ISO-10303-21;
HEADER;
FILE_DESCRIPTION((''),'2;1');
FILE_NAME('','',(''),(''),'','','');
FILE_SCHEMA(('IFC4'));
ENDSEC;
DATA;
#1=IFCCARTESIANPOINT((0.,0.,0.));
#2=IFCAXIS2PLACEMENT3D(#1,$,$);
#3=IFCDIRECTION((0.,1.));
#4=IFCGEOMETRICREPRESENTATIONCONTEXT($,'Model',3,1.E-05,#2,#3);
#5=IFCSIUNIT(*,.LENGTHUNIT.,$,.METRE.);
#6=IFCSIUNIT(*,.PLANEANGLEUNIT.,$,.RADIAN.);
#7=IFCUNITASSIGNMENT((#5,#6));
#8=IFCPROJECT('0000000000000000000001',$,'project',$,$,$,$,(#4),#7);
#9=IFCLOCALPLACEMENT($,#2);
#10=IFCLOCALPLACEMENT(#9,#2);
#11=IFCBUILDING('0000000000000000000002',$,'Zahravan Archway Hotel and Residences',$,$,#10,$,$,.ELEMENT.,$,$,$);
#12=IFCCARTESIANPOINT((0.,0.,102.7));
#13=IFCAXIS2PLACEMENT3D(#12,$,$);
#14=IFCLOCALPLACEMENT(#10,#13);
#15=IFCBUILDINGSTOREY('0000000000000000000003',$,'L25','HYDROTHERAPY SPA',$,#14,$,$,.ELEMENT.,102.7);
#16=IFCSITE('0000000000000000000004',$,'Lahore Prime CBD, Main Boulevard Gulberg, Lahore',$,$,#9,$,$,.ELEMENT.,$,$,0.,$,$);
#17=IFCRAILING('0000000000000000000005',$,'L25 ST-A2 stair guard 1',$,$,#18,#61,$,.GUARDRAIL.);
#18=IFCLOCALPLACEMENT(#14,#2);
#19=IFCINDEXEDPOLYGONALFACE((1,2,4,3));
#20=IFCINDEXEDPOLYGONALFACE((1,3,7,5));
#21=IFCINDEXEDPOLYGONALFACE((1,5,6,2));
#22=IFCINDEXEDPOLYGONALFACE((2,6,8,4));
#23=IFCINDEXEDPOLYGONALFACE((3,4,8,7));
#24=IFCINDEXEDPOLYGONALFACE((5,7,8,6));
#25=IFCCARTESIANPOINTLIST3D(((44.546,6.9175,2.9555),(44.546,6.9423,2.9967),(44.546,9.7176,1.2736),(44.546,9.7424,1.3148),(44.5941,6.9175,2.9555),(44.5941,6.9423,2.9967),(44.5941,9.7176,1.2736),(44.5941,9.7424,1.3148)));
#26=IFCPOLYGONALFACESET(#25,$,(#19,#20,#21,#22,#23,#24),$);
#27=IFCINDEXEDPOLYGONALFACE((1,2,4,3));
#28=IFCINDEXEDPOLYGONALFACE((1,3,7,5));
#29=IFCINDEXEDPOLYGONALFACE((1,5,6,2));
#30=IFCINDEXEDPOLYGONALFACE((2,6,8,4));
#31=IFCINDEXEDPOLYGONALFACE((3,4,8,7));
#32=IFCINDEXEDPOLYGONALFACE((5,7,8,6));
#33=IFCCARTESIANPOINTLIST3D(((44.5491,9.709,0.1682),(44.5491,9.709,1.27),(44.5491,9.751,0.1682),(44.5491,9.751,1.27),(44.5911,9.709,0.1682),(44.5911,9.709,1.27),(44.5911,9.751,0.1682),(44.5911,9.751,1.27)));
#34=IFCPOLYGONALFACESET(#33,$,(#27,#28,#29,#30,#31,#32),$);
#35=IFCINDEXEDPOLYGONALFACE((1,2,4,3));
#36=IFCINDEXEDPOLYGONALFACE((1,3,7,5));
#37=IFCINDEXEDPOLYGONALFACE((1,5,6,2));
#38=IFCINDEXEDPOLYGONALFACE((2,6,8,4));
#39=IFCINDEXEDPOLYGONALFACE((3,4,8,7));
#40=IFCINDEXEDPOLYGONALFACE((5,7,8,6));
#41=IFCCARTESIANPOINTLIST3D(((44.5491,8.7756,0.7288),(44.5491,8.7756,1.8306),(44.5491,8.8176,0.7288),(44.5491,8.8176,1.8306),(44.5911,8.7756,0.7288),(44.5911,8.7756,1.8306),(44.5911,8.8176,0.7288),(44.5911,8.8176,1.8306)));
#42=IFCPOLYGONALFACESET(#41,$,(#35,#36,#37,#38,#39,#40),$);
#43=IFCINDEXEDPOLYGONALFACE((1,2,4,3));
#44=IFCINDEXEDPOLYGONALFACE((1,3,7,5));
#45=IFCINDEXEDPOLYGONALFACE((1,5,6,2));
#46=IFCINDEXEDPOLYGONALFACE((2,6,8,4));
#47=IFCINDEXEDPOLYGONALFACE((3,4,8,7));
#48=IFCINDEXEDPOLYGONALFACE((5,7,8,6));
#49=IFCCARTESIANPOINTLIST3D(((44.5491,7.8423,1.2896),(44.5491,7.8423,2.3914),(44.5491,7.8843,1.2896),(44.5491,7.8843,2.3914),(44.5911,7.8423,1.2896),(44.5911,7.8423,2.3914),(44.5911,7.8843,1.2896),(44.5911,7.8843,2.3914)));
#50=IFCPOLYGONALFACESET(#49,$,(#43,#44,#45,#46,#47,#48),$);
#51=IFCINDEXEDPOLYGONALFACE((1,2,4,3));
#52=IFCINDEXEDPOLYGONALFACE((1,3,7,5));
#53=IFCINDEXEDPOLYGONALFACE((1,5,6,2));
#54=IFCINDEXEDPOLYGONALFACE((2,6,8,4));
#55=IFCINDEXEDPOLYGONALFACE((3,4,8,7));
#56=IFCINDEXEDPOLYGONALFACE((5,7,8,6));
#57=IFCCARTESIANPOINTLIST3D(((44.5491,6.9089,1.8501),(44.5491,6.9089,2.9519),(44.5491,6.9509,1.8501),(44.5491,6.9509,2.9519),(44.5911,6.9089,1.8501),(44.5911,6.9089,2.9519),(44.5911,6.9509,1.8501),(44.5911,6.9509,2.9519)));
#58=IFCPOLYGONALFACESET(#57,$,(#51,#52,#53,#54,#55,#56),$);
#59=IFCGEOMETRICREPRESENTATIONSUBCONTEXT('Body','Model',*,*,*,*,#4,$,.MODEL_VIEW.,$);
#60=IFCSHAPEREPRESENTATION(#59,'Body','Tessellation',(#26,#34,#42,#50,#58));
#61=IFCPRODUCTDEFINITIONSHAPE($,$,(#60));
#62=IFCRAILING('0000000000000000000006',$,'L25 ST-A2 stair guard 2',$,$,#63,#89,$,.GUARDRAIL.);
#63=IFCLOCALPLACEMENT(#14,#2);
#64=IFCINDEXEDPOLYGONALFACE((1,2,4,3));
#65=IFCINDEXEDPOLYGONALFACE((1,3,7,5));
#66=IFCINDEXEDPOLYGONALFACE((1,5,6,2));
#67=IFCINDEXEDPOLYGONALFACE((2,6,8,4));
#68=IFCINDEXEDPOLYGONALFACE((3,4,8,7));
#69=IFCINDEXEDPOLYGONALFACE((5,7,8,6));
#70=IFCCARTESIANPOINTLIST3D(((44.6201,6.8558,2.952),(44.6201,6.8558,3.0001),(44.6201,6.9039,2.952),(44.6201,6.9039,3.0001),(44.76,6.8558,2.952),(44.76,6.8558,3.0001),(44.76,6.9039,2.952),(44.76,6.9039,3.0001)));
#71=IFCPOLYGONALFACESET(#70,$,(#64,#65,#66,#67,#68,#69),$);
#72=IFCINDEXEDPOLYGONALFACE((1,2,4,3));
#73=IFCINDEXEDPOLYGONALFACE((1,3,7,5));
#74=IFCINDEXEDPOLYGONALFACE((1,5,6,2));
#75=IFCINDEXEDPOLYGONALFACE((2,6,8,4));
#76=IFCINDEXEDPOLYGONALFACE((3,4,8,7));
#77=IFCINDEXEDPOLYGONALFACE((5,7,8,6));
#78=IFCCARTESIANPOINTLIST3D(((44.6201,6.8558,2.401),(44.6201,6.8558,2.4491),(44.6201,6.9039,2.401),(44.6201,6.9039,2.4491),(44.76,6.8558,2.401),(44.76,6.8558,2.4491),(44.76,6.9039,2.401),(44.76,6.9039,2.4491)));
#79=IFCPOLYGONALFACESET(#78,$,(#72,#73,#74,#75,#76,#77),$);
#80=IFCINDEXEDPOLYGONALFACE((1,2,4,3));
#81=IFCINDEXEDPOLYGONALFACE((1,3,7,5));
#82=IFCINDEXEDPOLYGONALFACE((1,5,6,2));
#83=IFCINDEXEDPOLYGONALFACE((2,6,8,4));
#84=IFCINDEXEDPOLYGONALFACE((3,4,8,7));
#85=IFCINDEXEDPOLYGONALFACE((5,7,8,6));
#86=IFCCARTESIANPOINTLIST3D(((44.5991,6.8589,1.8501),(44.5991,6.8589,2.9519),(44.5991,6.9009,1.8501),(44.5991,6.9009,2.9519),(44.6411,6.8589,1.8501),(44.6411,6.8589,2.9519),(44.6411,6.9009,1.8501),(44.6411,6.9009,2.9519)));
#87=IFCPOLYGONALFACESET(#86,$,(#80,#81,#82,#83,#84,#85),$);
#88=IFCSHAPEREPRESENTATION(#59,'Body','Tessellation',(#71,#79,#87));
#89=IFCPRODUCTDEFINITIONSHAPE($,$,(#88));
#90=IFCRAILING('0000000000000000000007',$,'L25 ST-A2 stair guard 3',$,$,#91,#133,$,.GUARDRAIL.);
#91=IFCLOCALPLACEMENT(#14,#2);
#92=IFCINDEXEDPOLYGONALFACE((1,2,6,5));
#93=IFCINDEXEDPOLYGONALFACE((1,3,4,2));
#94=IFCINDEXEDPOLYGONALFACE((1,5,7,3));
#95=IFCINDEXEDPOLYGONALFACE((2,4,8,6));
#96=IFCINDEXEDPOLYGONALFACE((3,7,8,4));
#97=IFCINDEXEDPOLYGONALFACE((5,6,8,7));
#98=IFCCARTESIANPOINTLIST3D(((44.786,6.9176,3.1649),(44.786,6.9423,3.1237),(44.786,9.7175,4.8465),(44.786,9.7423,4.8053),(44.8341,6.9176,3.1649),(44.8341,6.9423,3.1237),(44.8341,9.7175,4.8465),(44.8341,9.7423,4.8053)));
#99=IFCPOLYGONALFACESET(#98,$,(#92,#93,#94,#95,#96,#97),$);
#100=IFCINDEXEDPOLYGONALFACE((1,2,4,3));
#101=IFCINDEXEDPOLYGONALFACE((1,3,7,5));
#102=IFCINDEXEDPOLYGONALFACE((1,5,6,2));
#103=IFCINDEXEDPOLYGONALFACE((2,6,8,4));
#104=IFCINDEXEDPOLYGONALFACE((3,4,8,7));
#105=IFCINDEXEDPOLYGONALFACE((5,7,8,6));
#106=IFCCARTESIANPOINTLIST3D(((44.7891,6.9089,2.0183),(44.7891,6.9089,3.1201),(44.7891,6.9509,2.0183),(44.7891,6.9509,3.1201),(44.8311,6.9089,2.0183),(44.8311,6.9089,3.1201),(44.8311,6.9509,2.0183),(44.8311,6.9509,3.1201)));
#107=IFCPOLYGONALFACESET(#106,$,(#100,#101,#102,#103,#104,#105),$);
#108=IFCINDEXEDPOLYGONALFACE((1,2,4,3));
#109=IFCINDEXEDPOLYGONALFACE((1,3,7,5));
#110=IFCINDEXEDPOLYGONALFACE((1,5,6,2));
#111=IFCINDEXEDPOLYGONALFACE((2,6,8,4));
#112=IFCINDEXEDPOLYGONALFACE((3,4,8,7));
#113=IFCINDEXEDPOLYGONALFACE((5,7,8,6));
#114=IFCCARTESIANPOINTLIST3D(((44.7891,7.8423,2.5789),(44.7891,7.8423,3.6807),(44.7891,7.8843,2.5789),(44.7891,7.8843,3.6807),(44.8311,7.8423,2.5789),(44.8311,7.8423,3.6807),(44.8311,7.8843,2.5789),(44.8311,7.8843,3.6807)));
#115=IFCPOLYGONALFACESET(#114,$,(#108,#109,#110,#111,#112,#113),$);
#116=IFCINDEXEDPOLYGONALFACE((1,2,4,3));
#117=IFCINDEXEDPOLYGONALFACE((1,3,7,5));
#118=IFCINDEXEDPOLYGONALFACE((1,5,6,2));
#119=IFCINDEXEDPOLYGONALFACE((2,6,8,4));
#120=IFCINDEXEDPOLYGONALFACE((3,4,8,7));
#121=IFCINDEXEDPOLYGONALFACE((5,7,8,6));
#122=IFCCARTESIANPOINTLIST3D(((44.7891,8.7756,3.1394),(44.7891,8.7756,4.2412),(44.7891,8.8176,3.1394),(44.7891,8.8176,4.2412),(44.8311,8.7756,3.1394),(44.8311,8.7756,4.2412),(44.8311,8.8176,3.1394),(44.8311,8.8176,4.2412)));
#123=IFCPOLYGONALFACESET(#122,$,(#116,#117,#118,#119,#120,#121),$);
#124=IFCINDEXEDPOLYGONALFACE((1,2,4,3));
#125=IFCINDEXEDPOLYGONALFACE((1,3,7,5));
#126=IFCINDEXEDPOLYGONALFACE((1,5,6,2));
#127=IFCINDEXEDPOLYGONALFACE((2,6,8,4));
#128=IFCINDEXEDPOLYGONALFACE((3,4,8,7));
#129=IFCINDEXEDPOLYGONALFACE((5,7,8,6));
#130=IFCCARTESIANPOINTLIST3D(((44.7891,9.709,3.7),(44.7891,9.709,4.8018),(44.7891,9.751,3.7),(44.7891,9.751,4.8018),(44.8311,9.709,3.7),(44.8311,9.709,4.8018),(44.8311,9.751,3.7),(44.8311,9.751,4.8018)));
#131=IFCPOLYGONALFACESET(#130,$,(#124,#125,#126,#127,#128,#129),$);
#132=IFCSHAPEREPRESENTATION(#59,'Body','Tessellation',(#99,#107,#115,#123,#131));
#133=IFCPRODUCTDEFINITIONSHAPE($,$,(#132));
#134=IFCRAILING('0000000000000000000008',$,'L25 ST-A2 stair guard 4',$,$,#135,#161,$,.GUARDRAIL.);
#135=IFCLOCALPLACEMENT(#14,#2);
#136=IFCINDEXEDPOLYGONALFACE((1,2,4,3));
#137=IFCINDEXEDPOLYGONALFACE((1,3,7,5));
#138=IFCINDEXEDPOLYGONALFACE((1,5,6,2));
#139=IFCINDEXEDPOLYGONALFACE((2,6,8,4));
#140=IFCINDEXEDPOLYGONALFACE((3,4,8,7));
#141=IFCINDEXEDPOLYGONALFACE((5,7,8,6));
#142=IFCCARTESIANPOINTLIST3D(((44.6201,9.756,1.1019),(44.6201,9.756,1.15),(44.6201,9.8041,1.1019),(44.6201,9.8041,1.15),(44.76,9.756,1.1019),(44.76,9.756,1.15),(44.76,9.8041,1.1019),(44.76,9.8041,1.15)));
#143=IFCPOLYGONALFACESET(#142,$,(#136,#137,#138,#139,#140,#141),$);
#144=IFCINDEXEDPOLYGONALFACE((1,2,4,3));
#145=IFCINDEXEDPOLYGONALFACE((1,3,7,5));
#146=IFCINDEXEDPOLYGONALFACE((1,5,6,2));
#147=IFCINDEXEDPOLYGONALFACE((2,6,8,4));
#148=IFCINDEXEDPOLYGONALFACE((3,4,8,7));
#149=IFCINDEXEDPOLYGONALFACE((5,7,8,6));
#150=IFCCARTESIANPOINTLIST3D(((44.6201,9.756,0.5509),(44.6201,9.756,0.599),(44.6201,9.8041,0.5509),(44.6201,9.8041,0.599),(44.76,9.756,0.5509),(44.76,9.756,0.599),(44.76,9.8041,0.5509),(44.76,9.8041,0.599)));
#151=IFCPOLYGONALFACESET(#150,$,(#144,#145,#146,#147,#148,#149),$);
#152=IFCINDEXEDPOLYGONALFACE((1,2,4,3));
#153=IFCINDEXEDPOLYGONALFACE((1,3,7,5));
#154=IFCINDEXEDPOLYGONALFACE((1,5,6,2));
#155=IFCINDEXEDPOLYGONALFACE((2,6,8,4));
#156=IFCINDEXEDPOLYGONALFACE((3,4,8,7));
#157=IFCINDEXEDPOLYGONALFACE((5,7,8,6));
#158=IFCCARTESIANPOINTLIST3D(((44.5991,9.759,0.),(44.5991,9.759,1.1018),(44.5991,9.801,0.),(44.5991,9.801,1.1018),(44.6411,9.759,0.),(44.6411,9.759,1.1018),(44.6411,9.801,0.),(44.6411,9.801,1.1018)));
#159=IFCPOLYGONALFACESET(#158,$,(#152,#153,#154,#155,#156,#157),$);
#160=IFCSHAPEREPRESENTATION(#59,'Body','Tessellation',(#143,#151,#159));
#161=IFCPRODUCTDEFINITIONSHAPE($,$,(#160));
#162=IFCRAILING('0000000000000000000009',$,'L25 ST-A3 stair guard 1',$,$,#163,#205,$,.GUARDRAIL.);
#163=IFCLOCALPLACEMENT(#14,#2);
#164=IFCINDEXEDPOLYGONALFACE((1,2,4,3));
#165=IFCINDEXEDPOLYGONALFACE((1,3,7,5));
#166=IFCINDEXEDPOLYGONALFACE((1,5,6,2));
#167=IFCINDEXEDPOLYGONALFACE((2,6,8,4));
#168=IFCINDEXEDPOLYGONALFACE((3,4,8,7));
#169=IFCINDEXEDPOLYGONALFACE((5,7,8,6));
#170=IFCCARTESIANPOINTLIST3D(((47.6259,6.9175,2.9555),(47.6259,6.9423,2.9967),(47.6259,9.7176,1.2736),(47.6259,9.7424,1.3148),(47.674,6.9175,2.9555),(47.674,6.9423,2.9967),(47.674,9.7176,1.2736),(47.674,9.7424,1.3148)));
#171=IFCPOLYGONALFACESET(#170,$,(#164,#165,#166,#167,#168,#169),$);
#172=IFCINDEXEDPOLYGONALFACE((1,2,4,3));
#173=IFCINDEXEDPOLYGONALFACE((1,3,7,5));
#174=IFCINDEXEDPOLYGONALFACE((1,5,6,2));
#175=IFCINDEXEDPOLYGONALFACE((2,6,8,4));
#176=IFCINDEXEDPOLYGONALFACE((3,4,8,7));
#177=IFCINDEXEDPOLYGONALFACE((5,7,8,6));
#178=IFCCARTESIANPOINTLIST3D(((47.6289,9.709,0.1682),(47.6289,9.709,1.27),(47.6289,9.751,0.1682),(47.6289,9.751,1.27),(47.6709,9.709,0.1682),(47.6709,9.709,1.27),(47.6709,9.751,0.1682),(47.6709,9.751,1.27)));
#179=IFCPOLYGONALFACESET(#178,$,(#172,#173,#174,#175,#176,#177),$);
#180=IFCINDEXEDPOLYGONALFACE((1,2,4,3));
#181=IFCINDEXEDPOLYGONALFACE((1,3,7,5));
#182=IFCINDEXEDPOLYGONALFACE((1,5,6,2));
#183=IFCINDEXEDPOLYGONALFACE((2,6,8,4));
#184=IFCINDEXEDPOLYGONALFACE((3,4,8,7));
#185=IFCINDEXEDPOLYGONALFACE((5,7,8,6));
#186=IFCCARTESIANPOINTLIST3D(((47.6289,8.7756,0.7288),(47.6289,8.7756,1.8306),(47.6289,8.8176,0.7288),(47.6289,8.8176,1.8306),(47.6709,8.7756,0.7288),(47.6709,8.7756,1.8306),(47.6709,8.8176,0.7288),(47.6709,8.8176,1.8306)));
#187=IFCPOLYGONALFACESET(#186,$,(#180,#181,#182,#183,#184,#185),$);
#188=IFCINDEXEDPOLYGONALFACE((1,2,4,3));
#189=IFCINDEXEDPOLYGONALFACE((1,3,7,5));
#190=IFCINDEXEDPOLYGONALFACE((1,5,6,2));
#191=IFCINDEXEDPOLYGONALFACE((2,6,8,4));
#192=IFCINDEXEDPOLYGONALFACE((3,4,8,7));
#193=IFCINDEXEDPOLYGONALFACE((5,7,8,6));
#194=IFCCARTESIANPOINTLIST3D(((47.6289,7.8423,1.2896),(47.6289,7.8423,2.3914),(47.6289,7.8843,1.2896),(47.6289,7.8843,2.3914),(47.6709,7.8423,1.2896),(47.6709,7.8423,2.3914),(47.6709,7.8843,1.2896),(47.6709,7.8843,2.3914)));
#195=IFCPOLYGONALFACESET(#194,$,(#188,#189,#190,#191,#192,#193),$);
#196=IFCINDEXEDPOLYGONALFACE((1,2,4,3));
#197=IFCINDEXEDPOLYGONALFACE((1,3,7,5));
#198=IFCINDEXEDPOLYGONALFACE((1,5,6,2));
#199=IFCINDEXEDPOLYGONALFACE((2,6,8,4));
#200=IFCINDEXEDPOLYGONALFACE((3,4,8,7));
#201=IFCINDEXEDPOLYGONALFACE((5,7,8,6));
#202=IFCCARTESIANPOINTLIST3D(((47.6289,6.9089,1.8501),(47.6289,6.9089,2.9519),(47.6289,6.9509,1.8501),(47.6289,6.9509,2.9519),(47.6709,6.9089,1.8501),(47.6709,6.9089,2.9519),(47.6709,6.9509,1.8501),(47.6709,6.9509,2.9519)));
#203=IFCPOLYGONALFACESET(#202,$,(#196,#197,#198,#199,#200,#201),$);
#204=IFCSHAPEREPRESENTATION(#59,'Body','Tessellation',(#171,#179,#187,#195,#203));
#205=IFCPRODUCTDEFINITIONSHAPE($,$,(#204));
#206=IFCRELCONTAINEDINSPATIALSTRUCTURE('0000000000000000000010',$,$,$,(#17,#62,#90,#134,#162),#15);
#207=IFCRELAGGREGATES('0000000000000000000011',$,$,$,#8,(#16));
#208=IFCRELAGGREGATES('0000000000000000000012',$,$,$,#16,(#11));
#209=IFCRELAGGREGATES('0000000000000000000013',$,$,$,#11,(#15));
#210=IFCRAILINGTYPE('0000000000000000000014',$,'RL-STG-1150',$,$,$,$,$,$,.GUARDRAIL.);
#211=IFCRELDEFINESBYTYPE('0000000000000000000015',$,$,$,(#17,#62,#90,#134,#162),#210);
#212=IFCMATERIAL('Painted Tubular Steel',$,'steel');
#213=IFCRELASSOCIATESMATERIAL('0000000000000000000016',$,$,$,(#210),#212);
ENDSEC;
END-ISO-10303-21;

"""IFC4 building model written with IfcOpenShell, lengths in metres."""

from ifc_helpers import new_model, si_unit, direction, frame, origin, origin_2d, place, context, subcontext, project, spatial, rectangle, extrude, material, type_object, element, save


model = new_model("IFC4")

# Units and contexts
model_context = context("Model", 3, precision=1e-05, world=origin(), true_north=direction((0.0, 1.0)))
body_context = subcontext(model_context, "Body", "Model", "MODEL_VIEW")
ifc_project = project(units=[si_unit("LENGTHUNIT", "METRE"), si_unit("PLANEANGLEUNIT", "RADIAN")], contexts=[model_context])

# Site, building, storey
site_placement = place(None, origin())
site = spatial("IfcSite", under=ifc_project, at=site_placement, Name="Lahore Prime CBD, Main Boulevard Gulberg, Lahore", CompositionType="ELEMENT", RefElevation=0.0)
building_placement = place(site_placement, origin())
building = spatial("IfcBuilding", under=site, at=building_placement, Name="Zahravan Archway Hotel and Residences", CompositionType="ELEMENT")
storey_placement = place(building_placement, frame((0.0, 0.0, 102.7)))
storey = spatial("IfcBuildingStorey", under=building, at=storey_placement, Name="L25", Description="HYDROTHERAPY SPA", CompositionType="ELEMENT", Elevation=102.7)

# Railings
ifc_material_1 = material(Name="Painted Tubular Steel", Category="steel")
railing_type_1 = type_object("IfcRailingType", Name="RL-STG-1150", PredefinedType="GUARDRAIL", material=ifc_material_1)
railing_1_placement = place(storey_placement, frame((44.5701, 9.73, 0.1682)))
element("IfcRailing", 1, at=railing_1_placement, inside=storey, type_object=railing_type_1, Name="L25 ST-A2 stair guard 1", PredefinedType="GUARDRAIL", context=body_context, shape_type="SweptSolid", body=[
    extrude(rectangle(XDim=0.0481, YDim=0.0481, at=origin_2d()), frame((0.0, 0.0, 1.126), z_axis=(0.0, -0.857242, 0.514913), x_axis=(1.0, 0.0, 0.0)), (0.0, 0.0, 1.0), 3.2664),
    extrude(rectangle(XDim=0.042, YDim=0.042, at=origin_2d()), origin(), (0.0, 0.0, 1.0), 1.1018),
    extrude(rectangle(XDim=0.042, YDim=0.042, at=origin_2d()), frame((0.0, -0.9333, 0.5605)), (0.0, 0.0, 1.0), 1.1018),
    extrude(rectangle(XDim=0.042, YDim=0.042, at=origin_2d()), frame((0.0, -1.8667, 1.1213)), (0.0, 0.0, 1.0), 1.1018),
    extrude(rectangle(XDim=0.042, YDim=0.042, at=origin_2d()), frame((0.0, -2.8, 1.6819)), (0.0, 0.0, 1.0), 1.1018),
])
railing_2_placement = place(storey_placement, frame((44.6201, 6.8799, 1.8501)))
element("IfcRailing", 2, at=railing_2_placement, inside=storey, type_object=railing_type_1, Name="L25 ST-A2 stair guard 2", PredefinedType="GUARDRAIL", context=body_context, shape_type="SweptSolid", body=[
    extrude(rectangle(XDim=0.0481, YDim=0.0481, at=origin_2d()), frame((0.0, 0.0, 1.126), z_axis=(1.0, 0.0, 0.0), x_axis=(0.0, 1.0, 0.0)), (0.0, 0.0, 1.0), 0.1399),
    extrude(rectangle(XDim=0.0481, YDim=0.0481, at=origin_2d()), frame((0.0, 0.0, 0.575), z_axis=(1.0, 0.0, 0.0), x_axis=(0.0, 1.0, 0.0)), (0.0, 0.0, 1.0), 0.1399),
    extrude(rectangle(XDim=0.042, YDim=0.042, at=origin_2d()), origin(), (0.0, 0.0, 1.0), 1.1018),
])
railing_3_placement = place(storey_placement, frame((44.8101, 6.9299, 2.0183)))
element("IfcRailing", 3, at=railing_3_placement, inside=storey, type_object=railing_type_1, Name="L25 ST-A2 stair guard 3", PredefinedType="GUARDRAIL", context=body_context, shape_type="SweptSolid", body=[
    extrude(rectangle(XDim=0.0481, YDim=0.0481, at=origin_2d()), frame((0.0, 0.0, 1.126), z_axis=(0.0, 0.857275, 0.514858), x_axis=(-1.0, 0.0, 0.0)), (0.0, 0.0, 1.0), 3.2661),
    extrude(rectangle(XDim=0.042, YDim=0.042, at=origin_2d()), origin(), (0.0, 0.0, 1.0), 1.1018),
    extrude(rectangle(XDim=0.042, YDim=0.042, at=origin_2d()), frame((0.0, 0.9333, 0.5605)), (0.0, 0.0, 1.0), 1.1018),
    extrude(rectangle(XDim=0.042, YDim=0.042, at=origin_2d()), frame((0.0, 1.8667, 1.1211)), (0.0, 0.0, 1.0), 1.1018),
    extrude(rectangle(XDim=0.042, YDim=0.042, at=origin_2d()), frame((0.0, 2.8, 1.6816)), (0.0, 0.0, 1.0), 1.1018),
])
railing_4_placement = place(storey_placement, frame((44.6201, 9.78, 0.0)))
element("IfcRailing", 4, at=railing_4_placement, inside=storey, type_object=railing_type_1, Name="L25 ST-A2 stair guard 4", PredefinedType="GUARDRAIL", context=body_context, shape_type="SweptSolid", body=[
    extrude(rectangle(XDim=0.0481, YDim=0.0481, at=origin_2d()), frame((0.0, 0.0, 1.126), z_axis=(1.0, 0.0, 0.0), x_axis=(0.0, 1.0, 0.0)), (0.0, 0.0, 1.0), 0.1399),
    extrude(rectangle(XDim=0.0481, YDim=0.0481, at=origin_2d()), frame((0.0, 0.0, 0.575), z_axis=(1.0, 0.0, 0.0), x_axis=(0.0, 1.0, 0.0)), (0.0, 0.0, 1.0), 0.1399),
    extrude(rectangle(XDim=0.042, YDim=0.042, at=origin_2d()), origin(), (0.0, 0.0, 1.0), 1.1018),
])
railing_5_placement = place(storey_placement, frame((47.6499, 9.73, 0.1682)))
element("IfcRailing", 5, at=railing_5_placement, inside=storey, type_object=railing_type_1, Name="L25 ST-A3 stair guard 1", PredefinedType="GUARDRAIL", context=body_context, shape_type="SweptSolid", body=[
    extrude(rectangle(XDim=0.0481, YDim=0.0481, at=origin_2d()), frame((0.0, 0.0, 1.126), z_axis=(0.0, -0.857242, 0.514913), x_axis=(1.0, 0.0, 0.0)), (0.0, 0.0, 1.0), 3.2664),
    extrude(rectangle(XDim=0.042, YDim=0.042, at=origin_2d()), origin(), (0.0, 0.0, 1.0), 1.1018),
    extrude(rectangle(XDim=0.042, YDim=0.042, at=origin_2d()), frame((0.0, -0.9333, 0.5605)), (0.0, 0.0, 1.0), 1.1018),
    extrude(rectangle(XDim=0.042, YDim=0.042, at=origin_2d()), frame((0.0, -1.8667, 1.1213)), (0.0, 0.0, 1.0), 1.1018),
    extrude(rectangle(XDim=0.042, YDim=0.042, at=origin_2d()), frame((0.0, -2.8, 1.6819)), (0.0, 0.0, 1.0), 1.1018),
])

save(model, "model.ifc")
